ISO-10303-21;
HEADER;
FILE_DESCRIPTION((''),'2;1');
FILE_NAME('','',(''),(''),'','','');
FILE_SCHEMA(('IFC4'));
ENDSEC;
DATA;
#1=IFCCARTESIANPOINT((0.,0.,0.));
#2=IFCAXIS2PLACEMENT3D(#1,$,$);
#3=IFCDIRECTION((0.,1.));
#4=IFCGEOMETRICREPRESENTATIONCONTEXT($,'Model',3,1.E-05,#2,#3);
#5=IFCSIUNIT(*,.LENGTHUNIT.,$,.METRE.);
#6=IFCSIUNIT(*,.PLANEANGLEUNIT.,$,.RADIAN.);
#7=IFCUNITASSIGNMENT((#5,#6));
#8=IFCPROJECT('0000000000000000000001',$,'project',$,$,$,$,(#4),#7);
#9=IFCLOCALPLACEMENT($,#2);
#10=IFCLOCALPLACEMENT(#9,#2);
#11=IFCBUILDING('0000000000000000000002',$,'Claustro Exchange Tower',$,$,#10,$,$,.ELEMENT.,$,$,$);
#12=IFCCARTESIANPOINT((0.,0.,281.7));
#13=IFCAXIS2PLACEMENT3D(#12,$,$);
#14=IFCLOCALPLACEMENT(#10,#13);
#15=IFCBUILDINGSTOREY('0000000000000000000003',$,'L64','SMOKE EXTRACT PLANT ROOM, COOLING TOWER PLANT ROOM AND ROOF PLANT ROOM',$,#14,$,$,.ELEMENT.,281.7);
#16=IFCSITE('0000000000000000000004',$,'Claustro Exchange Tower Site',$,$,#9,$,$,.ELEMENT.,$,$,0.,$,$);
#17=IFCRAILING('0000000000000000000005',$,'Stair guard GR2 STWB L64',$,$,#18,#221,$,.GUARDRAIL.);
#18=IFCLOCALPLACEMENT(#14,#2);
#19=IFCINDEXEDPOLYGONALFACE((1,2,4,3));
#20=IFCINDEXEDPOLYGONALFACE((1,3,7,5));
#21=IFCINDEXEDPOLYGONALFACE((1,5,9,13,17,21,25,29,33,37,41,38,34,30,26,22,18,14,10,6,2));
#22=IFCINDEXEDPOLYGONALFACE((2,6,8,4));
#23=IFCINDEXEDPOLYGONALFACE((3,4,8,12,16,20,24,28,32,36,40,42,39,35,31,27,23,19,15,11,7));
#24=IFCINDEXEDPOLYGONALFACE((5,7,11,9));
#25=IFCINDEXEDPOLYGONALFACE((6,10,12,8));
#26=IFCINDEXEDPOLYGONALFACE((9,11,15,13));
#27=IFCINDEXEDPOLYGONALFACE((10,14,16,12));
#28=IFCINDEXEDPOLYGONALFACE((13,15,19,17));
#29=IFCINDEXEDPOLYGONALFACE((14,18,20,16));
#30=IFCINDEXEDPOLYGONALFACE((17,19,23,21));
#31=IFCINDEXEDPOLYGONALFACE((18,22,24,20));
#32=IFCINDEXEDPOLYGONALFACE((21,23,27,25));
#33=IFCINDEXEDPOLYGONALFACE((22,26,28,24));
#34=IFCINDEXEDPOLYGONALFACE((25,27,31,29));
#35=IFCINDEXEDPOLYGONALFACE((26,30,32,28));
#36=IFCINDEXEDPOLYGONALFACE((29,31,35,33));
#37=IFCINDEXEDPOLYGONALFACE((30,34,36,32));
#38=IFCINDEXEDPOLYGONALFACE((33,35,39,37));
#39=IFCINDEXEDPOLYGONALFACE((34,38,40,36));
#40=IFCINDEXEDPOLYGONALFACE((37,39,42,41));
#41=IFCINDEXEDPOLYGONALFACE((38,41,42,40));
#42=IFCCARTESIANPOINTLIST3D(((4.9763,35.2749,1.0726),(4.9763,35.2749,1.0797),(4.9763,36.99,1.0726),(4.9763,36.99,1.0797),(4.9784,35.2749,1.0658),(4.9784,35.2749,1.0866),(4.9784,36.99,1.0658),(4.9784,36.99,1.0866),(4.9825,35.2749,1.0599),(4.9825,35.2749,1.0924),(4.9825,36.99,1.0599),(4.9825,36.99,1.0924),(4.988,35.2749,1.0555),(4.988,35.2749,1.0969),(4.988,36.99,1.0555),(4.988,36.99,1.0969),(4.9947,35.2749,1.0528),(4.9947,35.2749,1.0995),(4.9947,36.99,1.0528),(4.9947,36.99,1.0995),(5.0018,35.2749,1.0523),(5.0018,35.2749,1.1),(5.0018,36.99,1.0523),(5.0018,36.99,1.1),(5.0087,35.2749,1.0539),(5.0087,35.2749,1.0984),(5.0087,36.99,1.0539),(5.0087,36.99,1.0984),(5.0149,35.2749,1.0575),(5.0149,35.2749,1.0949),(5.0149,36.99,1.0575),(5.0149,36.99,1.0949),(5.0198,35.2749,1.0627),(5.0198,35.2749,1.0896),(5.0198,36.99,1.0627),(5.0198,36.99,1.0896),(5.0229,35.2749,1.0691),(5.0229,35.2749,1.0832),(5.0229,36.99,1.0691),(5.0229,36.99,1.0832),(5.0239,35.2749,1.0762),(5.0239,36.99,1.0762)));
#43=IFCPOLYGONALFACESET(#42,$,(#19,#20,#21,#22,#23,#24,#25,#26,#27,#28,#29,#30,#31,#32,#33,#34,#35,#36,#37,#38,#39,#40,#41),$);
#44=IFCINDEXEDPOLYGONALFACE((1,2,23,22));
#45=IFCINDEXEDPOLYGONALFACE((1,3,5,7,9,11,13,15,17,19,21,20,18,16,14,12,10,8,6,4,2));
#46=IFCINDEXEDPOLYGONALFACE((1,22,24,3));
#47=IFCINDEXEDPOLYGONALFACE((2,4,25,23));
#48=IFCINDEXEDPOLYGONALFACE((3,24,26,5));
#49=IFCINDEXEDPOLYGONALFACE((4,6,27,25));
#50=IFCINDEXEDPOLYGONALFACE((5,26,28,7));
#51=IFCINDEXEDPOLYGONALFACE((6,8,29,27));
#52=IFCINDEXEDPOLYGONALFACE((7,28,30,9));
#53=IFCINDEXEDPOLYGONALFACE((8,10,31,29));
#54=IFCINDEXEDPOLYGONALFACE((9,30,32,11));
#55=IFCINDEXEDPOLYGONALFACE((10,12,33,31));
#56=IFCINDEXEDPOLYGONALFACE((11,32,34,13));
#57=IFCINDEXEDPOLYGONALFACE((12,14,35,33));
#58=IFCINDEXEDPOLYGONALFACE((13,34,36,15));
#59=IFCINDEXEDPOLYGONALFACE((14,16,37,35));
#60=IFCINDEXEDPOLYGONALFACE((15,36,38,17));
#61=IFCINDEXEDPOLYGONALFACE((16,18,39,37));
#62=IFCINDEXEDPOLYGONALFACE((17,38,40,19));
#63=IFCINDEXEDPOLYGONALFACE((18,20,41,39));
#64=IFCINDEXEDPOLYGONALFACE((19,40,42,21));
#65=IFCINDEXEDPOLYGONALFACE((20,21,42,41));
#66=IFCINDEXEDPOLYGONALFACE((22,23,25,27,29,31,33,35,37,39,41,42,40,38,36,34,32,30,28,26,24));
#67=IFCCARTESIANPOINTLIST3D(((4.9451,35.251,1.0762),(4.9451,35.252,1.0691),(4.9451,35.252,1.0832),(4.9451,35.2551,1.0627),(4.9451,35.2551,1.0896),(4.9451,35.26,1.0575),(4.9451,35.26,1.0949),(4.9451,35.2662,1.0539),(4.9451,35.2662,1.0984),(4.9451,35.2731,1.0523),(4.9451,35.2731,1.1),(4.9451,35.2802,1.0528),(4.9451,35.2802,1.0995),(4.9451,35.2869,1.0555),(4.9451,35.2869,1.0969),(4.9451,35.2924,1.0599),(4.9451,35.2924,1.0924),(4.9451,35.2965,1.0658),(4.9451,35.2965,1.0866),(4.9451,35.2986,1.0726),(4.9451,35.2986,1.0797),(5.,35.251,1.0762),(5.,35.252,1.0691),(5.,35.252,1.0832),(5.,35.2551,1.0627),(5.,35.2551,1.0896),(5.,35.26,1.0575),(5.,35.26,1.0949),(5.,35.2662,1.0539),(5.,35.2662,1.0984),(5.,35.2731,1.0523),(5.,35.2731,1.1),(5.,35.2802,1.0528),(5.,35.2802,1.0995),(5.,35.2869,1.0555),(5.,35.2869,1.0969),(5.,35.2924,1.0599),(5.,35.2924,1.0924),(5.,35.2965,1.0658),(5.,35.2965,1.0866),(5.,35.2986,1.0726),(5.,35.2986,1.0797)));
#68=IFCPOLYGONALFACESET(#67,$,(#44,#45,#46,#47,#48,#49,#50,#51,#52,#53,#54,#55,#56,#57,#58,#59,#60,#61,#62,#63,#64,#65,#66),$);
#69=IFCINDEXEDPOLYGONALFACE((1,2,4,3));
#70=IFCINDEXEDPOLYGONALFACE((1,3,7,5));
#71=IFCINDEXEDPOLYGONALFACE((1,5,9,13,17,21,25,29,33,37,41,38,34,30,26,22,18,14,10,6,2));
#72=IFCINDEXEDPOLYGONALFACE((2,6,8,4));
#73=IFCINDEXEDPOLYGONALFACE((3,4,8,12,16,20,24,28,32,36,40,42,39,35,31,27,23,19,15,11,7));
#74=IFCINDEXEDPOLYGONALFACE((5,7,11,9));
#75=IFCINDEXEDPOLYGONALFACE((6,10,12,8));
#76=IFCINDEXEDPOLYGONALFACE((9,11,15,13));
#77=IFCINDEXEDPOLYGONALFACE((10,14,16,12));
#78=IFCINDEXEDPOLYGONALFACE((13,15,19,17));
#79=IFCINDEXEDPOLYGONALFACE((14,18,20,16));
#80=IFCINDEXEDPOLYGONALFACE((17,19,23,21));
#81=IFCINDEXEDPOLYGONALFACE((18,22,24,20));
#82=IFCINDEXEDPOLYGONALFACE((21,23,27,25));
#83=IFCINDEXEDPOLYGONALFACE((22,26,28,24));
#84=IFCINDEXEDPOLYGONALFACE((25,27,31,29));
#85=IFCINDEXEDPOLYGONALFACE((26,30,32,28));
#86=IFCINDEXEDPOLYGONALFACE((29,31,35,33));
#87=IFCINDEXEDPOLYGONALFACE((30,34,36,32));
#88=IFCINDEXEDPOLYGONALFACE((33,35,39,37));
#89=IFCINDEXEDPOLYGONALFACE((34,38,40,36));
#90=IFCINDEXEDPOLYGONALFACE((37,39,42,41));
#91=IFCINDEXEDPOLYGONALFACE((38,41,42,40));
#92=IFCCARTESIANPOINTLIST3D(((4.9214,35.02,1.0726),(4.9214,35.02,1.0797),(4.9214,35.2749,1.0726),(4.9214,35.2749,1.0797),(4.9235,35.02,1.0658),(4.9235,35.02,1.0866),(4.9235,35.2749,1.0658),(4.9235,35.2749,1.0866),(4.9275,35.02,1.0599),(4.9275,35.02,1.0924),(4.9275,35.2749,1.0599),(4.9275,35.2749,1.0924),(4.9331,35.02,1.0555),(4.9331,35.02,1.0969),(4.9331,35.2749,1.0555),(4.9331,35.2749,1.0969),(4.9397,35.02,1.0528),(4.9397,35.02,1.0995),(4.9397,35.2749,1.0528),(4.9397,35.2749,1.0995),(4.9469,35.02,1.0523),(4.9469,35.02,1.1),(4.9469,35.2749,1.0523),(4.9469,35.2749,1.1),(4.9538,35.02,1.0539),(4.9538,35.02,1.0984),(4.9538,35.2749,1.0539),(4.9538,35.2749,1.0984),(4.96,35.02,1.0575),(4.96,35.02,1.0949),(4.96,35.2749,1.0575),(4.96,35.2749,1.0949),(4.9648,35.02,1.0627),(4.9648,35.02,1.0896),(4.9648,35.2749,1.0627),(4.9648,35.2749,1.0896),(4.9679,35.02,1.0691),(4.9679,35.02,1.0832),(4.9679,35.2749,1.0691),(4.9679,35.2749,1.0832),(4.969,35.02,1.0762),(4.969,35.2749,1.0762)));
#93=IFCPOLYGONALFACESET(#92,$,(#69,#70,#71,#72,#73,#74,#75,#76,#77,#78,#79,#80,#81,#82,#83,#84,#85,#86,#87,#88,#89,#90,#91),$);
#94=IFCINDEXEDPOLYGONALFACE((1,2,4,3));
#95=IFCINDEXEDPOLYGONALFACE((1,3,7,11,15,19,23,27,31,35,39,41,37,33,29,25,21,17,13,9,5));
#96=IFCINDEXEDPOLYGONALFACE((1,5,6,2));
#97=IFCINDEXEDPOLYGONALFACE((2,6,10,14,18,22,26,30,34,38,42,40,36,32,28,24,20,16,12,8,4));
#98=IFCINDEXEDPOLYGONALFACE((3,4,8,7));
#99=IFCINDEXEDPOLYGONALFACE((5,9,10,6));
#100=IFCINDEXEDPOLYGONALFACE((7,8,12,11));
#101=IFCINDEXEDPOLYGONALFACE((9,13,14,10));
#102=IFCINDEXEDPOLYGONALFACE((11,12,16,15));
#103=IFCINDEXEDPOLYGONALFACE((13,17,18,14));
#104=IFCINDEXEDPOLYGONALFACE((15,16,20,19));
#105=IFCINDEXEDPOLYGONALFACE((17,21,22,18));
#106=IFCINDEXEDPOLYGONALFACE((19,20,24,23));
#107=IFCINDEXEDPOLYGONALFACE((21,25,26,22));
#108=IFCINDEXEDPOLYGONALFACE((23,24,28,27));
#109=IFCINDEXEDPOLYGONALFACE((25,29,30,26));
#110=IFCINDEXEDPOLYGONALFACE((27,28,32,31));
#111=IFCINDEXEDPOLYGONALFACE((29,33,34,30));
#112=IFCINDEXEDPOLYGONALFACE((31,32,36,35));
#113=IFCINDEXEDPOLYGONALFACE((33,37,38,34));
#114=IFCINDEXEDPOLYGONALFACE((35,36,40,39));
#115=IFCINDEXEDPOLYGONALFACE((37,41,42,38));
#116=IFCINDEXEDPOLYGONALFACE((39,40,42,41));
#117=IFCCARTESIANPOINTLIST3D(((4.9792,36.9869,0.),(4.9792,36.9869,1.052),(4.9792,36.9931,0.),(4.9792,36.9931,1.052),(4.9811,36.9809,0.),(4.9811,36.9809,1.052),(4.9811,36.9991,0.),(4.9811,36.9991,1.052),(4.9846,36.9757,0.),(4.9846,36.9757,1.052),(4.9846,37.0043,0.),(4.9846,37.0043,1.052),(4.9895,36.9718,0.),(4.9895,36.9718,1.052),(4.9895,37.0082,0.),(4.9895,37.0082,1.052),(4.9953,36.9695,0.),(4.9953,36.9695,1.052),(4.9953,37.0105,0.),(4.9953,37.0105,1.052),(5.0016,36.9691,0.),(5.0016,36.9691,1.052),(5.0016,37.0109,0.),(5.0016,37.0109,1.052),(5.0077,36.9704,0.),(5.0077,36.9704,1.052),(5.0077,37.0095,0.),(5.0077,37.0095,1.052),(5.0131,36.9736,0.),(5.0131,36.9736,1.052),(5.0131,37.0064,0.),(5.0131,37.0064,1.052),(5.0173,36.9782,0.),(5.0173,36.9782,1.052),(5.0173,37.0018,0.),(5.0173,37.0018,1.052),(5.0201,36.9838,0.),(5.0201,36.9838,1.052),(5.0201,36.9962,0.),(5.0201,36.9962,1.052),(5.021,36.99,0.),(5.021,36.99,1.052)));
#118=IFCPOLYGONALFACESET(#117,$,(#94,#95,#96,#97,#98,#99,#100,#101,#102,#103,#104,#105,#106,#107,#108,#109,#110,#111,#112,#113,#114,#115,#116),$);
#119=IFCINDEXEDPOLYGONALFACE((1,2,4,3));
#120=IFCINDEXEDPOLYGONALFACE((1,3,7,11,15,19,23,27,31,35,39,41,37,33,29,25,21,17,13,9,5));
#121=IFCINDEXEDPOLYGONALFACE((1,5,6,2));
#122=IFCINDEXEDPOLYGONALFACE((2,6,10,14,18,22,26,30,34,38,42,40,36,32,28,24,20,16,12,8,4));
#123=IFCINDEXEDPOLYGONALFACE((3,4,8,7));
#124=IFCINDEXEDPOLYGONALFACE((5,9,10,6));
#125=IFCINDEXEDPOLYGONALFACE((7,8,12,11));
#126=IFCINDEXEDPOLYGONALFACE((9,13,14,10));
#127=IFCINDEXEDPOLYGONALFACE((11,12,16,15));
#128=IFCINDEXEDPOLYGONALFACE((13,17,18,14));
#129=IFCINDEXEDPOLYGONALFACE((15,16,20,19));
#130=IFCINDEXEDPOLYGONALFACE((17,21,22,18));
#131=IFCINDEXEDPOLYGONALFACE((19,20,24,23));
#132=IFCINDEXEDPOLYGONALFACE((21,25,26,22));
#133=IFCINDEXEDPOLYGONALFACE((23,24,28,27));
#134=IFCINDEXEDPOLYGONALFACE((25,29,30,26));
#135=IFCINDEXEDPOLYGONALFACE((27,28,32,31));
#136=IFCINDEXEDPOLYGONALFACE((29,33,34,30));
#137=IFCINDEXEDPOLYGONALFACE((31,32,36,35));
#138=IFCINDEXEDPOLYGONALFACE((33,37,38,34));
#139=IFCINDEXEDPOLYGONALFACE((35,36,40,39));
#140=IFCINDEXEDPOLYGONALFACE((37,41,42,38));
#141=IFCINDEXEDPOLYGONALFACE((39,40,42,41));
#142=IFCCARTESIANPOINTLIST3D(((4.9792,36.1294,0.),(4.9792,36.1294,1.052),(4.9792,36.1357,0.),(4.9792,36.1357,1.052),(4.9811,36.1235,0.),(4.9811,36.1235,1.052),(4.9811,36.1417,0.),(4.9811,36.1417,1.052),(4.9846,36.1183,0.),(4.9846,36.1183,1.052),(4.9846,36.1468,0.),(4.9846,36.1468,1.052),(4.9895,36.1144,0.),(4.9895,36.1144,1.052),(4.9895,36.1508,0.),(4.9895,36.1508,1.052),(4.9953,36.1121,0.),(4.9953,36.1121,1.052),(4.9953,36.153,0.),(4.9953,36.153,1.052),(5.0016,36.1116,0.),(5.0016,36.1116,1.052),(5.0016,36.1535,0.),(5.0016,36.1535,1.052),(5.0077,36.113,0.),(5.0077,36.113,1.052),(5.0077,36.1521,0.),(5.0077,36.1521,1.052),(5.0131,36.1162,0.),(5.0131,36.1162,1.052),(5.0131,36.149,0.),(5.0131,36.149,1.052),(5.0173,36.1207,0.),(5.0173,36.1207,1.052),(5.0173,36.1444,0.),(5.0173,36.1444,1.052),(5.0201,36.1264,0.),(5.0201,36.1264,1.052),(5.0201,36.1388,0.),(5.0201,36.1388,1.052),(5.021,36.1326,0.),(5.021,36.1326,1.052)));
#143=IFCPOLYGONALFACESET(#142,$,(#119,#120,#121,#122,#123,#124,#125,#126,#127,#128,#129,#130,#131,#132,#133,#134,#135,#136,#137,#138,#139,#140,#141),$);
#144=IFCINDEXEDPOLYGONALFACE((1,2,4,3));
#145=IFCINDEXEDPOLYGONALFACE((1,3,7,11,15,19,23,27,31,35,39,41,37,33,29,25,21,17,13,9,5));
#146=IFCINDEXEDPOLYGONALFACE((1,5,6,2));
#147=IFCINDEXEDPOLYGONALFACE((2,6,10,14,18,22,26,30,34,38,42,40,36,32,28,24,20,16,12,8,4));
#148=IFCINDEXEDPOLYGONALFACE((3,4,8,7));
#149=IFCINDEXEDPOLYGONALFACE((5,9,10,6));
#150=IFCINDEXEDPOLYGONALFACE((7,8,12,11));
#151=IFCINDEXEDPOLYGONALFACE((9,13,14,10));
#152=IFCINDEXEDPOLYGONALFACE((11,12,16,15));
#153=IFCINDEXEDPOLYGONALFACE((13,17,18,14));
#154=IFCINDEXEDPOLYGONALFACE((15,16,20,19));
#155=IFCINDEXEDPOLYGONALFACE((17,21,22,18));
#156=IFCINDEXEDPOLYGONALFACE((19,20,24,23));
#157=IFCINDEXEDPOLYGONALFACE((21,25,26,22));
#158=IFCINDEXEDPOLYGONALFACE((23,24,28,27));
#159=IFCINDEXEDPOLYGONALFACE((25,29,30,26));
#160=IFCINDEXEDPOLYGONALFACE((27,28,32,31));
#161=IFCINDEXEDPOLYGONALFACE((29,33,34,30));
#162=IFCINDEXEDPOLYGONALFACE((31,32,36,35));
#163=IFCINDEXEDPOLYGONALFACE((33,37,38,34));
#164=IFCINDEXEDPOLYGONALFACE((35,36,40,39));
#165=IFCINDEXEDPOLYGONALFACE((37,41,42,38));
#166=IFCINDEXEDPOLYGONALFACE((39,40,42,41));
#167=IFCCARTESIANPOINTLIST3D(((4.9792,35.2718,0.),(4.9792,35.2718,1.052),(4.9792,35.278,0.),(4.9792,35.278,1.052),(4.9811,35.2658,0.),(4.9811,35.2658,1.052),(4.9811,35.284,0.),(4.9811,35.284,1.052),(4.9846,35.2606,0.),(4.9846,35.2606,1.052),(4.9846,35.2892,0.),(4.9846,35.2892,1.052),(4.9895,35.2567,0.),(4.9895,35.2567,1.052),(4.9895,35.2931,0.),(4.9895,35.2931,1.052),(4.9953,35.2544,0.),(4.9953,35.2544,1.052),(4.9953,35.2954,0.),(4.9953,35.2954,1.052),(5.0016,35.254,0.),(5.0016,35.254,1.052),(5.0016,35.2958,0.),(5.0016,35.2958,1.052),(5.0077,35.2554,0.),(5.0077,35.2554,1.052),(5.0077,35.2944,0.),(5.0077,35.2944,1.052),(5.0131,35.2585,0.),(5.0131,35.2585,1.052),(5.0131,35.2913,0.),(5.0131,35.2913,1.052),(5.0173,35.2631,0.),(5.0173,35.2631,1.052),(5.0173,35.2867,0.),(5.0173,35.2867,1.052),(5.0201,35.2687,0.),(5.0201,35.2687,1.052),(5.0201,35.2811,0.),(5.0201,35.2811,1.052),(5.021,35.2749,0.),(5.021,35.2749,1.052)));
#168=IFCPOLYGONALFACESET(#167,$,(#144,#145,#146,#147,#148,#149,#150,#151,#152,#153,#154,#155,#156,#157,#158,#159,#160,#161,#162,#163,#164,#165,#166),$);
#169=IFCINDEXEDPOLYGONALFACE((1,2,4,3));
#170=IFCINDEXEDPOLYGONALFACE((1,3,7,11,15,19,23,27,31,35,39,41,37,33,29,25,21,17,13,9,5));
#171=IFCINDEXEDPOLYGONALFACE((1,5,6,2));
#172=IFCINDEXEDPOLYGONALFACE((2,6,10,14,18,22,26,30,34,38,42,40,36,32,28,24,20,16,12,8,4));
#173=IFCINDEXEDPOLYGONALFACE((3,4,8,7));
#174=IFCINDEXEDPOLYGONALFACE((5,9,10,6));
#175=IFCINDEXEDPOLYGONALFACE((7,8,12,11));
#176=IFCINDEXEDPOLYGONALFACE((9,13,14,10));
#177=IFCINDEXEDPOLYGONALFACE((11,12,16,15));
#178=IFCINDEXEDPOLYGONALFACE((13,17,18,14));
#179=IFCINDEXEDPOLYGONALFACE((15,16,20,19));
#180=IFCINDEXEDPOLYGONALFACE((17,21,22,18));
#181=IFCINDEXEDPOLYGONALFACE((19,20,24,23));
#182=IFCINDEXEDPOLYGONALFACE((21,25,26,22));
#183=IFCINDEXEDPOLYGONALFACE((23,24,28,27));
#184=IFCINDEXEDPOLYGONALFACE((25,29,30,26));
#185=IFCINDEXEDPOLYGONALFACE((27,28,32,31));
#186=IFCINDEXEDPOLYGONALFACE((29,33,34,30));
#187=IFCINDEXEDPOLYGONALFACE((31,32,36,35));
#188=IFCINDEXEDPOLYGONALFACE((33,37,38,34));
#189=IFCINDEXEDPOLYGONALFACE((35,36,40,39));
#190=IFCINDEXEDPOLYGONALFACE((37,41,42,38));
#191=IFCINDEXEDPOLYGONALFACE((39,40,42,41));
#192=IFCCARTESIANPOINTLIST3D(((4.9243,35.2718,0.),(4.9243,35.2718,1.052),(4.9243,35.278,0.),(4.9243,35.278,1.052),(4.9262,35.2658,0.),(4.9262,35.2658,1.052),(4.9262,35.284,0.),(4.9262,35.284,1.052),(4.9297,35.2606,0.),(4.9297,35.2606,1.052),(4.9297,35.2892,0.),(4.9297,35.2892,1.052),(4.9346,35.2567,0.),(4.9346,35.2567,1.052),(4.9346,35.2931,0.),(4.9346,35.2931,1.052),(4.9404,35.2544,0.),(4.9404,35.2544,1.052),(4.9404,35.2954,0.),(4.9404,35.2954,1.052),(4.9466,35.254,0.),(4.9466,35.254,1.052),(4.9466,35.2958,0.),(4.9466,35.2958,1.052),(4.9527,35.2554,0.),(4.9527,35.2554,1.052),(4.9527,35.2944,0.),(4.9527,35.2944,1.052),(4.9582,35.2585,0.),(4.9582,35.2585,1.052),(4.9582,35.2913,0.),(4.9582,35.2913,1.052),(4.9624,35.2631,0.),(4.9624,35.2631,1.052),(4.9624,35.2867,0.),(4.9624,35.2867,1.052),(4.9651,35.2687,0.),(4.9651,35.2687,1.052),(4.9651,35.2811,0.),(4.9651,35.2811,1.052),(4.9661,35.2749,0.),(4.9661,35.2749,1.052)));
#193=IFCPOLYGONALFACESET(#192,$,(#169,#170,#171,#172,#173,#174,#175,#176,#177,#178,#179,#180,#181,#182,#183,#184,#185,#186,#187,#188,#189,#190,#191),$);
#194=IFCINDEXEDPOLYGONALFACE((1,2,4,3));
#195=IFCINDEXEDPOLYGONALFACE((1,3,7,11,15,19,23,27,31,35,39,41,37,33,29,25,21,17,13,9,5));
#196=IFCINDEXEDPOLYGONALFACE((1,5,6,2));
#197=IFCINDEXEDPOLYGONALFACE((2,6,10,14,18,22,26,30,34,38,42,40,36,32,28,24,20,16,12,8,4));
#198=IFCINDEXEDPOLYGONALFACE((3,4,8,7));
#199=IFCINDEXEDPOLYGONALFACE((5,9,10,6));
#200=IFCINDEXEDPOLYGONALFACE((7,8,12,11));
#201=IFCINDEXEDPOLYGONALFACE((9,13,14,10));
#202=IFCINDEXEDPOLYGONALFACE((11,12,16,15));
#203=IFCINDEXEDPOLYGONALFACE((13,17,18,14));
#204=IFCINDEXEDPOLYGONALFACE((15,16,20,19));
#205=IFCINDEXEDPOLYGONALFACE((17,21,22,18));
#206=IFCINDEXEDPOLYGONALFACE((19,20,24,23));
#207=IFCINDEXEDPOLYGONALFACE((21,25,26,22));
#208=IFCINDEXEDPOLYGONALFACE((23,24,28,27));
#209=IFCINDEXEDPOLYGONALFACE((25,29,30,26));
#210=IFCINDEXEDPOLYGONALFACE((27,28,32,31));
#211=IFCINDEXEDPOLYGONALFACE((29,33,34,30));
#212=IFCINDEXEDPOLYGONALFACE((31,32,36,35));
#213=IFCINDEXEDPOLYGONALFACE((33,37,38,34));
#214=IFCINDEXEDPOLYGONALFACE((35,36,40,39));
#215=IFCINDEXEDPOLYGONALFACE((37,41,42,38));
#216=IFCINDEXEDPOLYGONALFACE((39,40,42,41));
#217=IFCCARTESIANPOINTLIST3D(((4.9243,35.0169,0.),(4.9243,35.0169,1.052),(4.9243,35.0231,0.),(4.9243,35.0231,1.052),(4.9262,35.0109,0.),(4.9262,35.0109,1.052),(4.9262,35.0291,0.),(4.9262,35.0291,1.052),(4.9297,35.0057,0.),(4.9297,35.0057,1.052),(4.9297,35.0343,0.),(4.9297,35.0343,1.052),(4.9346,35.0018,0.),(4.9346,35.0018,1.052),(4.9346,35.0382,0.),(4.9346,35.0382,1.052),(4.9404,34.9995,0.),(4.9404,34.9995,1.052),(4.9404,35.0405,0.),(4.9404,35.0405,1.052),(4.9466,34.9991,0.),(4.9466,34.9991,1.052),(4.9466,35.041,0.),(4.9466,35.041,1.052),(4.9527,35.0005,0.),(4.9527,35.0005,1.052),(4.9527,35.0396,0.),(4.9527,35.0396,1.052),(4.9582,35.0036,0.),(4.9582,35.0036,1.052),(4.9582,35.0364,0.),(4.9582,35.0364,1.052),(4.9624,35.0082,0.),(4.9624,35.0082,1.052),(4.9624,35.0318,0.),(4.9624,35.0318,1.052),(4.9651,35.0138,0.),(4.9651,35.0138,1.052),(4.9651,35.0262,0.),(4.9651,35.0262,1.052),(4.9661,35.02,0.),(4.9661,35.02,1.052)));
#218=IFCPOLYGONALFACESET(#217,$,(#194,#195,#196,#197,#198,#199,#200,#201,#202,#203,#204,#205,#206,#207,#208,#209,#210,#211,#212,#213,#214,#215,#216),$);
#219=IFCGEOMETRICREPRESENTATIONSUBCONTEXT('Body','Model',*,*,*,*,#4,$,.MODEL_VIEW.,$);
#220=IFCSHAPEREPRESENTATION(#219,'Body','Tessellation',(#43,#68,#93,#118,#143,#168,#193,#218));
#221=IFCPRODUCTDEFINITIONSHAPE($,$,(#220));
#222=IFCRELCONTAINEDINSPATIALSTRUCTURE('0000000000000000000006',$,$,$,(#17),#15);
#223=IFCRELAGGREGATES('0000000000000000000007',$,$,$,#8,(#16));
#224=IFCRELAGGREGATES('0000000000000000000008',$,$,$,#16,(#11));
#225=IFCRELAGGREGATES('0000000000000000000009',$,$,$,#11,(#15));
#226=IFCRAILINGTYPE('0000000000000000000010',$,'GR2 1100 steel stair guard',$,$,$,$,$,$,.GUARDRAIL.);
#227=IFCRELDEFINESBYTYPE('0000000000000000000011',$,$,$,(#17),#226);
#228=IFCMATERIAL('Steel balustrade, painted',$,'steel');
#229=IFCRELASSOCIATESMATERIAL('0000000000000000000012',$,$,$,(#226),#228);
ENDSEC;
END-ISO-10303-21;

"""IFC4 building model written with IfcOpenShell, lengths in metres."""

from ifc_helpers import new_model, si_unit, direction, frame, origin, origin_2d, place, context, subcontext, project, spatial, circle, extrude, material, type_object, element, save


model = new_model("IFC4")

# Units and contexts
model_context = context("Model", 3, precision=1e-05, world=origin(), true_north=direction((0.0, 1.0)))
body_context = subcontext(model_context, "Body", "Model", "MODEL_VIEW")
ifc_project = project(units=[si_unit("LENGTHUNIT", "METRE"), si_unit("PLANEANGLEUNIT", "RADIAN")], contexts=[model_context])

# Site, building, storey
site_placement = place(None, origin())
site = spatial("IfcSite", under=ifc_project, at=site_placement, Name="Claustro Exchange Tower Site", CompositionType="ELEMENT", RefElevation=0.0)
building_placement = place(site_placement, origin())
building = spatial("IfcBuilding", under=site, at=building_placement, Name="Claustro Exchange Tower", CompositionType="ELEMENT")
storey_placement = place(building_placement, frame((0.0, 0.0, 281.7)))
storey = spatial("IfcBuildingStorey", under=building, at=storey_placement, Name="L64", Description="SMOKE EXTRACT PLANT ROOM, COOLING TOWER PLANT ROOM AND ROOF PLANT ROOM", CompositionType="ELEMENT", Elevation=281.7)

# Railing
ifc_material_1 = material(Name="Steel balustrade, painted", Category="steel")
railing_type = type_object("IfcRailingType", Name="GR2 1100 steel stair guard", PredefinedType="GUARDRAIL", material=ifc_material_1)
railing_placement = place(storey_placement, frame((5.0, 36.99, 0.0)))
element("IfcRailing", 1, at=railing_placement, inside=storey, type_object=railing_type, Name="Stair guard GR2 STWB L64", PredefinedType="GUARDRAIL", context=body_context, shape_type="SweptSolid", body=[
    extrude(circle(Radius=0.0239, at=origin_2d()), frame((0.0, 0.0, 1.0762), z_axis=(0.0, -1.0, 0.0), x_axis=(1.0, 0.0, 0.0)), (0.0, 0.0, 1.0), 1.7151),
    extrude(circle(Radius=0.0239, at=origin_2d()), frame((0.0, -1.7151, 1.0762), z_axis=(-1.0, 0.0, 0.0), x_axis=(0.0, -1.0, 0.0)), (0.0, 0.0, 1.0), 0.0549),
    extrude(circle(Radius=0.0239, at=origin_2d()), frame((-0.0549, -1.7151, 1.0762), z_axis=(0.0, -1.0, 0.0), x_axis=(1.0, 0.0, 0.0)), (0.0, 0.0, 1.0), 0.2549),
    extrude(circle(Radius=0.021, at=origin_2d()), origin(), (0.0, 0.0, 1.0), 1.052),
    extrude(circle(Radius=0.021, at=origin_2d()), frame((0.0, -0.8574, 0.0)), (0.0, 0.0, 1.0), 1.052),
    extrude(circle(Radius=0.021, at=origin_2d()), frame((0.0, -1.7151, 0.0)), (0.0, 0.0, 1.0), 1.052),
    extrude(circle(Radius=0.021, at=origin_2d()), frame((-0.0549, -1.7151, 0.0)), (0.0, 0.0, 1.0), 1.052),
    extrude(circle(Radius=0.021, at=origin_2d()), frame((-0.0549, -1.97, 0.0)), (0.0, 0.0, 1.0), 1.052),
])

save(model, "model.ifc")
